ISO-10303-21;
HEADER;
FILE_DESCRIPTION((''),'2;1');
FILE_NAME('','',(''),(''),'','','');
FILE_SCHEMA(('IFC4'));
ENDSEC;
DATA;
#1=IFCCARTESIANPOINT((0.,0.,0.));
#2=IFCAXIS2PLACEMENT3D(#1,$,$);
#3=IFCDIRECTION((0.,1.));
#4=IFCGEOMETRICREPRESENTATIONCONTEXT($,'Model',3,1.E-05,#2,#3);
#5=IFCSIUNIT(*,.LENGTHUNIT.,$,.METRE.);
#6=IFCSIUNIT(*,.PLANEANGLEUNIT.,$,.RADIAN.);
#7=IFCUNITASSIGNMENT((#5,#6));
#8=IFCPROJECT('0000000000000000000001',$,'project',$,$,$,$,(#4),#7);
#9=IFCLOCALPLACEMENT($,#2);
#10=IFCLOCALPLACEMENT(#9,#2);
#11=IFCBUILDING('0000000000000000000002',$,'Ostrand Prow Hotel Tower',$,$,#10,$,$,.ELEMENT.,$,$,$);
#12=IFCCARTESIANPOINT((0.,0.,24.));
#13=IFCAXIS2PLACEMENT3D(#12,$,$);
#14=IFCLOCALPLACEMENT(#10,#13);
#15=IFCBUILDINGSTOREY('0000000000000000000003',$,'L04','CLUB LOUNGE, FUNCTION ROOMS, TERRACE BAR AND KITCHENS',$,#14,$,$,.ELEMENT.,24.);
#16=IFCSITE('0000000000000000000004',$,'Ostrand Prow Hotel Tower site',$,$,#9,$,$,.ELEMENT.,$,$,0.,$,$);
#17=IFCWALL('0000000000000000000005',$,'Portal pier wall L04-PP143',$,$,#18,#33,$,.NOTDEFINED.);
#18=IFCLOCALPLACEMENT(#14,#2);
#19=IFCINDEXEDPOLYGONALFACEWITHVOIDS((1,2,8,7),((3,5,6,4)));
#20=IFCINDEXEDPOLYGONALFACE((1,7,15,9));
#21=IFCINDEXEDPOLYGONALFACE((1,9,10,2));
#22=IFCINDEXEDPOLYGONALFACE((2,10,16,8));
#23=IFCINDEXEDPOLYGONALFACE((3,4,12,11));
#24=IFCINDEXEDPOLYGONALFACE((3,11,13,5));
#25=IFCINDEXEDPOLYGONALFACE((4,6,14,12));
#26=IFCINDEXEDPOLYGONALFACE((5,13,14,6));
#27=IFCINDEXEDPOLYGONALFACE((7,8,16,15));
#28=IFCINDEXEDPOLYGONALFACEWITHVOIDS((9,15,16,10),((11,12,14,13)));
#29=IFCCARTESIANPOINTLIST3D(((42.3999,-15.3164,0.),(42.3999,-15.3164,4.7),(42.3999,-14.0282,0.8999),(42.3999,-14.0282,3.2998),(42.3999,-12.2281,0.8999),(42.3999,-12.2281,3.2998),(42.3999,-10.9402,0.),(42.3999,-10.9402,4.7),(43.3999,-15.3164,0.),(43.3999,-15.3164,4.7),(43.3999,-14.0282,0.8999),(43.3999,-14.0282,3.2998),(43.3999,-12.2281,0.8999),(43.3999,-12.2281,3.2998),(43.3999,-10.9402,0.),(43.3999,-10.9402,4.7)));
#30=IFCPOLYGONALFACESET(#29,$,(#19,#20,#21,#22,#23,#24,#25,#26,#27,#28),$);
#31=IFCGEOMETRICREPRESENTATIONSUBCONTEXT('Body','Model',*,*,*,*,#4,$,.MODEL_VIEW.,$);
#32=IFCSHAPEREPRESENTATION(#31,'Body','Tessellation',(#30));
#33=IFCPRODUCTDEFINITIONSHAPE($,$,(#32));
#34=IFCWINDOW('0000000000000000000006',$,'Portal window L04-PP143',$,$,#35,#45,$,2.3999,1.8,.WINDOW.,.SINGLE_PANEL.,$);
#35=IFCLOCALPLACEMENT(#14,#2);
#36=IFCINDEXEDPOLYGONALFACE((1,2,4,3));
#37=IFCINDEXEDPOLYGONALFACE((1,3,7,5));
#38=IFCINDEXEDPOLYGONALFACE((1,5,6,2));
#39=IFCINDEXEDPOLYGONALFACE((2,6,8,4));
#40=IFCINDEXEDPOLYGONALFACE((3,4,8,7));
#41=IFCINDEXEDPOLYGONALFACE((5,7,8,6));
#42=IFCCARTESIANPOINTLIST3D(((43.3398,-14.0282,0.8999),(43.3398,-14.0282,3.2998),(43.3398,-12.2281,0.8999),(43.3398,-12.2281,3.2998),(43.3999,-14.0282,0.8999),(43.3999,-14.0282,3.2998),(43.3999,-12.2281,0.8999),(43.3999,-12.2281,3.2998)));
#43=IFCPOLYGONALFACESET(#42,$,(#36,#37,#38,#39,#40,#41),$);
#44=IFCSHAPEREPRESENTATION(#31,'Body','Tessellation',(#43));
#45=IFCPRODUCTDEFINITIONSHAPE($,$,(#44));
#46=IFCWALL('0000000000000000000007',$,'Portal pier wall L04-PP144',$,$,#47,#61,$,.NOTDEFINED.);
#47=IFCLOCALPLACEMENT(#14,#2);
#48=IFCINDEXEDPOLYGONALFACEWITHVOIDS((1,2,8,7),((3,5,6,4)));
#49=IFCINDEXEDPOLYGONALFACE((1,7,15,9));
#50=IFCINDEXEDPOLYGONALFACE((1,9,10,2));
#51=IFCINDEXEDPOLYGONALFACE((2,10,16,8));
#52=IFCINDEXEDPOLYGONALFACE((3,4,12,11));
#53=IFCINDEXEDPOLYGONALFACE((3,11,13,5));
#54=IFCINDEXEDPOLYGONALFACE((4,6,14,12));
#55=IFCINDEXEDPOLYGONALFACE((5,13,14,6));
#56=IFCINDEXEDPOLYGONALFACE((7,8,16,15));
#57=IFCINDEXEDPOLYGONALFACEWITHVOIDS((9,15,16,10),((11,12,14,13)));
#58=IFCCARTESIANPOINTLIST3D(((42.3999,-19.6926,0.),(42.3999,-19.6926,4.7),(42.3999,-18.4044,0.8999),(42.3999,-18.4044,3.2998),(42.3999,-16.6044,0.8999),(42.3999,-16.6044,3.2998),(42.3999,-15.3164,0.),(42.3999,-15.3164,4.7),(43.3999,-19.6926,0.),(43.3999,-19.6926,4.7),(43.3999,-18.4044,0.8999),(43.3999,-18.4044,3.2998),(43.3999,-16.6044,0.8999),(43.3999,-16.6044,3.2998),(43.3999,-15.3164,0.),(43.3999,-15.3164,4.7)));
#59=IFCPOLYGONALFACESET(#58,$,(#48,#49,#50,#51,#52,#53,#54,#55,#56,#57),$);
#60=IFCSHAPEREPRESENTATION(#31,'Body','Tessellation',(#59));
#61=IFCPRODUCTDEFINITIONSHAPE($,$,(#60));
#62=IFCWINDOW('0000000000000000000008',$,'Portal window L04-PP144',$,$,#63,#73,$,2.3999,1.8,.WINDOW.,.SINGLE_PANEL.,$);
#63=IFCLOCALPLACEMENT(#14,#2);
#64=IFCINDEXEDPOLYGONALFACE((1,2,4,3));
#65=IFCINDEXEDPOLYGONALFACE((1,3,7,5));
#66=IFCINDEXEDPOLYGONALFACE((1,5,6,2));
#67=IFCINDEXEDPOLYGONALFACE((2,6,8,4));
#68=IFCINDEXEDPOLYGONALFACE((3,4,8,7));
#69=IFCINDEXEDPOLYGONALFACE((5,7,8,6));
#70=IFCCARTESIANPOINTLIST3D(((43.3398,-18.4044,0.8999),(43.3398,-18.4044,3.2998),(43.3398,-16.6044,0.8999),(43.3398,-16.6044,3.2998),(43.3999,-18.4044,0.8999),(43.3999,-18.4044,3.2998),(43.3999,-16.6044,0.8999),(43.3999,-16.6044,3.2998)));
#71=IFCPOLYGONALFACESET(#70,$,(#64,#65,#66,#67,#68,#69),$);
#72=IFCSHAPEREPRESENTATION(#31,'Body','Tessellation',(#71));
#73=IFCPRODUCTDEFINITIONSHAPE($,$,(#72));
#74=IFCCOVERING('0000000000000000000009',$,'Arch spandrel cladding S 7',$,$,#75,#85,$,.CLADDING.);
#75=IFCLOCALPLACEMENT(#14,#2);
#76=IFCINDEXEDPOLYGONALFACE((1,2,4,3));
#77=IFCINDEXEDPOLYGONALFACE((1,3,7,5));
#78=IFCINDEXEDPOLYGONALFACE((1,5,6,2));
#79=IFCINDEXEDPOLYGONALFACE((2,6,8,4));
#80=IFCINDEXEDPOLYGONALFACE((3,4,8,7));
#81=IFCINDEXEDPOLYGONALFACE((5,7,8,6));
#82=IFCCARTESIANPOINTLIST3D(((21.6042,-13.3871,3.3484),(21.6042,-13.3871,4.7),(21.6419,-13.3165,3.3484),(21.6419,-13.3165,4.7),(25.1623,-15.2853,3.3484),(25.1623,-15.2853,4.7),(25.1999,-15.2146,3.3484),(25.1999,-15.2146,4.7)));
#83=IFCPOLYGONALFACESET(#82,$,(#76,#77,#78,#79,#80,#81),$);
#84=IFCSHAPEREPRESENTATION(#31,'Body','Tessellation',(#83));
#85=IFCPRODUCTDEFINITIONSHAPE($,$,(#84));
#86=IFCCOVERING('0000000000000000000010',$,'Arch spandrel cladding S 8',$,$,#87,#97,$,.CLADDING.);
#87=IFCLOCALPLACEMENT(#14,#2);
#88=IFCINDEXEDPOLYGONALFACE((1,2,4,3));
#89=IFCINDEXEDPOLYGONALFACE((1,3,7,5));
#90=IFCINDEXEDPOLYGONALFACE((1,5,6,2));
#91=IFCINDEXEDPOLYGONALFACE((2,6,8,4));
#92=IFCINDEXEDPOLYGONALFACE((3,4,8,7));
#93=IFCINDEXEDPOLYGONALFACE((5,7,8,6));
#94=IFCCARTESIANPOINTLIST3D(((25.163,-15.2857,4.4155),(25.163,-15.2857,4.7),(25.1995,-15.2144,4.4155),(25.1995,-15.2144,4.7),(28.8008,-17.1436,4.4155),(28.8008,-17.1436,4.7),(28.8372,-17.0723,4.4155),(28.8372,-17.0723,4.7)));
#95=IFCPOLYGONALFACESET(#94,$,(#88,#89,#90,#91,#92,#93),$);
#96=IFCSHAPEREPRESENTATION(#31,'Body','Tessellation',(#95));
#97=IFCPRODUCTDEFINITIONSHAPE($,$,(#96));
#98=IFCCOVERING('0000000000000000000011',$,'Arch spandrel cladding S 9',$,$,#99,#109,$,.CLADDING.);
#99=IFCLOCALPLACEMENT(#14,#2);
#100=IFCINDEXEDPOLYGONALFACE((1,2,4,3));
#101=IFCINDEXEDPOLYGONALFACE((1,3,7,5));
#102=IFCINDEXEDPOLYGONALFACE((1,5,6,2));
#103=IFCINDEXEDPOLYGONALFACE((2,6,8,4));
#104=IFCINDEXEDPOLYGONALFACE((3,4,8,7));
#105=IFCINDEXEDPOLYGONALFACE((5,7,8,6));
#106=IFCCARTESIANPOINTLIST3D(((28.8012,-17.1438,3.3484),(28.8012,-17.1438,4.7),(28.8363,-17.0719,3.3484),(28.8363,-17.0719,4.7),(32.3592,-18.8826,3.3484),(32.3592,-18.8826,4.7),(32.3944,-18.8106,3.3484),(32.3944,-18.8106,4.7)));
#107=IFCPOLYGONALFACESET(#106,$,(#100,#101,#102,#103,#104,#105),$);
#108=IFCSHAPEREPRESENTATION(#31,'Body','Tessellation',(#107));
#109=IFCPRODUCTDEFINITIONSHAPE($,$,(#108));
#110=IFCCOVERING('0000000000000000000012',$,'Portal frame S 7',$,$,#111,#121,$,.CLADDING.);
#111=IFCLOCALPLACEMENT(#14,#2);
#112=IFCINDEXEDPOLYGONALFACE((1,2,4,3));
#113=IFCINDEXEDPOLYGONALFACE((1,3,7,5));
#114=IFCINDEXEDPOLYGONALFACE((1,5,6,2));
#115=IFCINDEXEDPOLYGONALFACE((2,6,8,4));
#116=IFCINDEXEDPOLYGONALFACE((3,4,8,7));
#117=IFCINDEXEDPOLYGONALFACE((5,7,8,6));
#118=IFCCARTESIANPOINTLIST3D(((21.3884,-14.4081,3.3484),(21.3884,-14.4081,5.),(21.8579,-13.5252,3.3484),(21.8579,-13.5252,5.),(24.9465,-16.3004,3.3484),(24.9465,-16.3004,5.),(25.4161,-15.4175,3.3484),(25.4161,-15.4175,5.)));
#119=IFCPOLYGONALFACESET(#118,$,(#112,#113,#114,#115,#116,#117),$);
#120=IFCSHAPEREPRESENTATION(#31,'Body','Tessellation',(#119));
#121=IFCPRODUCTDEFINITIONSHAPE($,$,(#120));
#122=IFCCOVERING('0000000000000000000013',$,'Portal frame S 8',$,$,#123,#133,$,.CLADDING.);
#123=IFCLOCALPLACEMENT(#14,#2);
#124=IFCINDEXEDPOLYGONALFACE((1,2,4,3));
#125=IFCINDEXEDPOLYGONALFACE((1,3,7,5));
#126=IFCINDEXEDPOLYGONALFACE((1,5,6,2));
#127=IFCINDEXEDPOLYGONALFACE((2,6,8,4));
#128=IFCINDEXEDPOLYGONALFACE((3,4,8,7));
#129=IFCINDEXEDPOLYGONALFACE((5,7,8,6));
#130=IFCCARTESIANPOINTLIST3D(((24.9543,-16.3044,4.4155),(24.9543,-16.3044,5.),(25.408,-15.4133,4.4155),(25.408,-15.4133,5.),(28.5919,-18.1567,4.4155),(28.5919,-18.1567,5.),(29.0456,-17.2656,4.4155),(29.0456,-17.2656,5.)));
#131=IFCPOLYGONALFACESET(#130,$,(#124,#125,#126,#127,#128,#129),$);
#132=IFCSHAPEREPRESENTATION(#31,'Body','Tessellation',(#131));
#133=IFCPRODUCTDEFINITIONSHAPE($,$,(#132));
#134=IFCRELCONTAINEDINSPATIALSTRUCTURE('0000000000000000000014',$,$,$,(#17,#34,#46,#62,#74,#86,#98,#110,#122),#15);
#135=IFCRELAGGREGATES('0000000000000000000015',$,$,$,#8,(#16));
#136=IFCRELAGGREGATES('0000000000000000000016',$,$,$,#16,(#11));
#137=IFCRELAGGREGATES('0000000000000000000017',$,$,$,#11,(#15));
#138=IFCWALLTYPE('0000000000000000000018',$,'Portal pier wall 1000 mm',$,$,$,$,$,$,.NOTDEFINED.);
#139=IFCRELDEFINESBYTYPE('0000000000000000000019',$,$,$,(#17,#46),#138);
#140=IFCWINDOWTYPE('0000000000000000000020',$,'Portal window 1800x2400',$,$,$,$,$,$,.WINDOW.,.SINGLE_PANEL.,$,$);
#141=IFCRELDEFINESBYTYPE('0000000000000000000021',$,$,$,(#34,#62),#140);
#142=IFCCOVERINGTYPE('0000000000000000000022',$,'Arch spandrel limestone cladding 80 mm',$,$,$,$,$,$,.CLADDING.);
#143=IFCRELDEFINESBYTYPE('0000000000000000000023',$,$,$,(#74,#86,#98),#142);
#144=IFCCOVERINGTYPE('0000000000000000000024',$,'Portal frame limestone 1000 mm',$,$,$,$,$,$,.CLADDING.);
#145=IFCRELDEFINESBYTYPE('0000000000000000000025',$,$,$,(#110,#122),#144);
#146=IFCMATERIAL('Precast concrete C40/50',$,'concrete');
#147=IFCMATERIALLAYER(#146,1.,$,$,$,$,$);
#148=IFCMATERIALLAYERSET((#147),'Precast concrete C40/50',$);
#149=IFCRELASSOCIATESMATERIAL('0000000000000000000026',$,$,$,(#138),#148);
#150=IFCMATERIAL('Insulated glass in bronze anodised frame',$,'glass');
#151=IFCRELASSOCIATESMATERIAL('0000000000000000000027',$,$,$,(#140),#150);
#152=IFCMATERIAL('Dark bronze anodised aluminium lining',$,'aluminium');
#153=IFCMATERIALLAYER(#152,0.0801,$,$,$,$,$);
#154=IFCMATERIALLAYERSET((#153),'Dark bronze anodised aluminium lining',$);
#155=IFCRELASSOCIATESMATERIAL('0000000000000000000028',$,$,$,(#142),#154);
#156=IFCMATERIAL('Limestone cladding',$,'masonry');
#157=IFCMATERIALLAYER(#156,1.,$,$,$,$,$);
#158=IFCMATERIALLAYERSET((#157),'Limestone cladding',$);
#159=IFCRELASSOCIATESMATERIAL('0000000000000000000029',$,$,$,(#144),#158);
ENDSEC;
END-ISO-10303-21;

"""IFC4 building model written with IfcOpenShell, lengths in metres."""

from ifc_helpers import new_model, si_unit, direction, frame, frame_2d, origin, place, context, subcontext, project, spatial, polyline, rectangle, outline, extrude, material, layer, layer_set, type_object, element, fill, save


model = new_model("IFC4")

# Units and contexts
model_context = context("Model", 3, precision=1e-05, world=origin(), true_north=direction((0.0, 1.0)))
body_context = subcontext(model_context, "Body", "Model", "MODEL_VIEW")
ifc_project = project(units=[si_unit("LENGTHUNIT", "METRE"), si_unit("PLANEANGLEUNIT", "RADIAN")], contexts=[model_context])

# Site, building, storey
site_placement = place(None, origin())
site = spatial("IfcSite", under=ifc_project, at=site_placement, Name="Ostrand Prow Hotel Tower site", CompositionType="ELEMENT", RefElevation=0.0)
building_placement = place(site_placement, origin())
building = spatial("IfcBuilding", under=site, at=building_placement, Name="Ostrand Prow Hotel Tower", CompositionType="ELEMENT")
storey_placement = place(building_placement, frame((0.0, 0.0, 24.0)))
storey = spatial("IfcBuildingStorey", under=building, at=storey_placement, Name="L04", Description="CLUB LOUNGE, FUNCTION ROOMS, TERRACE BAR AND KITCHENS", CompositionType="ELEMENT", Elevation=24.0)

# Walls, openings, windows
ifc_material_1 = material(Name="Precast concrete C40/50", Category="concrete")
ifc_layer_1 = layer(ifc_material_1, 1.0)
ifc_layer_set_1 = layer_set([ifc_layer_1], Name="Precast concrete C40/50")
wall_type_1 = type_object("IfcWallType", Name="Portal pier wall 1000 mm", PredefinedType="NOTDEFINED", material=ifc_layer_set_1)
ifc_material_2 = material(Name="Insulated glass in bronze anodised frame", Category="glass")
window_type = type_object("IfcWindowType", Name="Portal window 1800x2400", PartitioningType="SINGLE_PANEL", PredefinedType="WINDOW", material=ifc_material_2)
wall_1_placement = place(storey_placement, frame((42.8999, -10.9402, 0.0), z_axis=(0.0, 0.0, 1.0), x_axis=(0.0, -1.0, 0.0)))
wall_1 = element("IfcWall", 1, at=wall_1_placement, inside=storey, type_object=wall_type_1, Name="Portal pier wall L04-PP143", PredefinedType="NOTDEFINED", context=body_context, shape_type="SweptSolid", body=[
    extrude(outline(polyline([(0.0, -0.5), (4.3762, -0.5), (4.3762, 0.5), (0.0, 0.5), (0.0, -0.5)])), origin(), (0.0, 0.0, 1.0), 4.7),
])
opening_1_placement = place(wall_1_placement, frame((1.2881, 0.0, 0.8999)))
opening_1 = element("IfcOpeningElement", 2, at=opening_1_placement, cuts=wall_1, PredefinedType="OPENING", context=body_context, shape_type="SweptSolid", body=[
    extrude(rectangle(XDim=1.8, YDim=2.3999, at=frame_2d((0.8999, 1.2))), frame((0.0, 0.51, 0.0), z_axis=(0.0, -1.0, 0.0), x_axis=(1.0, 0.0, 0.0)), (0.0, 0.0, 1.0), 1.02),
])
window_1_placement = place(opening_1_placement, origin())
window_1 = element("IfcWindow", 3, at=window_1_placement, inside=storey, type_object=window_type, Name="Portal window L04-PP143", OverallHeight=2.3999, OverallWidth=1.8, PartitioningType="SINGLE_PANEL", PredefinedType="WINDOW", context=body_context, shape_type="SweptSolid", body=[
    extrude(rectangle(XDim=1.8, YDim=2.3999, at=frame_2d((0.8999, 1.2))), frame((0.0, 0.5, 0.0), z_axis=(0.0, -1.0, 0.0), x_axis=(1.0, 0.0, 0.0)), (0.0, 0.0, 1.0), 0.0601),
])
fill(opening_1, window_1)
wall_2_placement = place(storey_placement, frame((42.8999, -15.3164, 0.0), z_axis=(0.0, 0.0, 1.0), x_axis=(0.0, -1.0, 0.0)))
wall_2 = element("IfcWall", 4, at=wall_2_placement, inside=storey, type_object=wall_type_1, Name="Portal pier wall L04-PP144", PredefinedType="NOTDEFINED", context=body_context, shape_type="SweptSolid", body=[
    extrude(outline(polyline([(0.0, -0.5), (4.3762, -0.5), (4.3762, 0.5), (0.0, 0.5), (0.0, -0.5)])), origin(), (0.0, 0.0, 1.0), 4.7),
])
opening_2_placement = place(wall_2_placement, frame((1.2881, 0.0, 0.8999)))
opening_2 = element("IfcOpeningElement", 5, at=opening_2_placement, cuts=wall_2, PredefinedType="OPENING", context=body_context, shape_type="SweptSolid", body=[
    extrude(rectangle(XDim=1.8, YDim=2.3999, at=frame_2d((0.8999, 1.2))), frame((0.0, 0.51, 0.0), z_axis=(0.0, -1.0, 0.0), x_axis=(1.0, 0.0, 0.0)), (0.0, 0.0, 1.0), 1.02),
])
window_2_placement = place(opening_2_placement, origin())
window_2 = element("IfcWindow", 6, at=window_2_placement, inside=storey, type_object=window_type, Name="Portal window L04-PP144", OverallHeight=2.3999, OverallWidth=1.8, PartitioningType="SINGLE_PANEL", PredefinedType="WINDOW", context=body_context, shape_type="SweptSolid", body=[
    extrude(rectangle(XDim=1.8, YDim=2.3999, at=frame_2d((0.8999, 1.2))), frame((0.0, 0.5, 0.0), z_axis=(0.0, -1.0, 0.0), x_axis=(1.0, 0.0, 0.0)), (0.0, 0.0, 1.0), 0.0601),
])
fill(opening_2, window_2)

# Coverings
ifc_material_3 = material(Name="Dark bronze anodised aluminium lining", Category="aluminium")
ifc_layer_2 = layer(ifc_material_3, 0.0801)
ifc_layer_set_2 = layer_set([ifc_layer_2], Name="Dark bronze anodised aluminium lining")
covering_type_1 = type_object("IfcCoveringType", Name="Arch spandrel limestone cladding 80 mm", PredefinedType="CLADDING", material=ifc_layer_set_2)
covering_1_placement = place(storey_placement, frame((21.623, -13.3518, 3.3484), z_axis=(0.0, 0.0, 1.0), x_axis=(0.882298, -0.470692, 0.0)))
element("IfcCovering", 7, at=covering_1_placement, inside=storey, type_object=covering_type_1, Name="Arch spandrel cladding S 7", PredefinedType="CLADDING", context=body_context, shape_type="SweptSolid", body=[
    extrude(rectangle(XDim=4.0327, YDim=0.0801, at=frame_2d((2.0164, 0.0))), origin(), (0.0, 0.0, 1.0), 1.3516),
])
covering_2_placement = place(storey_placement, frame((25.1812, -15.25, 4.4155), z_axis=(0.0, 0.0, 1.0), x_axis=(0.890569, -0.454848, 0.0)))
element("IfcCovering", 8, at=covering_2_placement, inside=storey, type_object=covering_type_1, Name="Arch spandrel cladding S 8", PredefinedType="CLADDING", context=body_context, shape_type="SweptSolid", body=[
    extrude(rectangle(XDim=4.0847, YDim=0.0801, at=frame_2d((2.0425, 0.0))), origin(), (0.0, 0.0, 1.0), 0.2844),
])
covering_3_placement = place(storey_placement, frame((28.8188, -17.1079, 3.3484), z_axis=(0.0, 0.0, 1.0), x_axis=(0.898459, -0.439058, 0.0)))
element("IfcCovering", 9, at=covering_3_placement, inside=storey, type_object=covering_type_1, Name="Arch spandrel cladding S 9", PredefinedType="CLADDING", context=body_context, shape_type="SweptSolid", body=[
    extrude(rectangle(XDim=3.9602, YDim=0.0801, at=frame_2d((1.98, 0.0))), origin(), (0.0, 0.0, 1.0), 1.3516),
])
ifc_material_4 = material(Name="Limestone cladding", Category="masonry")
ifc_layer_3 = layer(ifc_material_4, 1.0)
ifc_layer_set_3 = layer_set([ifc_layer_3], Name="Limestone cladding")
covering_type_2 = type_object("IfcCoveringType", Name="Portal frame limestone 1000 mm", PredefinedType="CLADDING", material=ifc_layer_set_3)
covering_4_placement = place(storey_placement, frame((21.623, -13.9666, 3.3484), z_axis=(0.0, 0.0, 1.0), x_axis=(0.882901, -0.46956, 0.0)))
element("IfcCovering", 10, at=covering_4_placement, inside=storey, type_object=covering_type_2, Name="Portal frame S 7", PredefinedType="CLADDING", context=body_context, shape_type="SweptSolid", body=[
    extrude(rectangle(XDim=4.03, YDim=1.0, at=frame_2d((2.0151, 0.0))), origin(), (0.0, 0.0, 1.0), 1.6516),
])
covering_5_placement = place(storey_placement, frame((25.1812, -15.8589, 4.4155), z_axis=(0.0, 0.0, 1.0), x_axis=(0.891126, -0.453756, 0.0)))
element("IfcCovering", 11, at=covering_5_placement, inside=storey, type_object=covering_type_2, Name="Portal frame S 8", PredefinedType="CLADDING", context=body_context, shape_type="SweptSolid", body=[
    extrude(rectangle(XDim=4.082, YDim=1.0, at=frame_2d((2.041, 0.0))), origin(), (0.0, 0.0, 1.0), 0.5845),
])

save(model, "model.ifc")
